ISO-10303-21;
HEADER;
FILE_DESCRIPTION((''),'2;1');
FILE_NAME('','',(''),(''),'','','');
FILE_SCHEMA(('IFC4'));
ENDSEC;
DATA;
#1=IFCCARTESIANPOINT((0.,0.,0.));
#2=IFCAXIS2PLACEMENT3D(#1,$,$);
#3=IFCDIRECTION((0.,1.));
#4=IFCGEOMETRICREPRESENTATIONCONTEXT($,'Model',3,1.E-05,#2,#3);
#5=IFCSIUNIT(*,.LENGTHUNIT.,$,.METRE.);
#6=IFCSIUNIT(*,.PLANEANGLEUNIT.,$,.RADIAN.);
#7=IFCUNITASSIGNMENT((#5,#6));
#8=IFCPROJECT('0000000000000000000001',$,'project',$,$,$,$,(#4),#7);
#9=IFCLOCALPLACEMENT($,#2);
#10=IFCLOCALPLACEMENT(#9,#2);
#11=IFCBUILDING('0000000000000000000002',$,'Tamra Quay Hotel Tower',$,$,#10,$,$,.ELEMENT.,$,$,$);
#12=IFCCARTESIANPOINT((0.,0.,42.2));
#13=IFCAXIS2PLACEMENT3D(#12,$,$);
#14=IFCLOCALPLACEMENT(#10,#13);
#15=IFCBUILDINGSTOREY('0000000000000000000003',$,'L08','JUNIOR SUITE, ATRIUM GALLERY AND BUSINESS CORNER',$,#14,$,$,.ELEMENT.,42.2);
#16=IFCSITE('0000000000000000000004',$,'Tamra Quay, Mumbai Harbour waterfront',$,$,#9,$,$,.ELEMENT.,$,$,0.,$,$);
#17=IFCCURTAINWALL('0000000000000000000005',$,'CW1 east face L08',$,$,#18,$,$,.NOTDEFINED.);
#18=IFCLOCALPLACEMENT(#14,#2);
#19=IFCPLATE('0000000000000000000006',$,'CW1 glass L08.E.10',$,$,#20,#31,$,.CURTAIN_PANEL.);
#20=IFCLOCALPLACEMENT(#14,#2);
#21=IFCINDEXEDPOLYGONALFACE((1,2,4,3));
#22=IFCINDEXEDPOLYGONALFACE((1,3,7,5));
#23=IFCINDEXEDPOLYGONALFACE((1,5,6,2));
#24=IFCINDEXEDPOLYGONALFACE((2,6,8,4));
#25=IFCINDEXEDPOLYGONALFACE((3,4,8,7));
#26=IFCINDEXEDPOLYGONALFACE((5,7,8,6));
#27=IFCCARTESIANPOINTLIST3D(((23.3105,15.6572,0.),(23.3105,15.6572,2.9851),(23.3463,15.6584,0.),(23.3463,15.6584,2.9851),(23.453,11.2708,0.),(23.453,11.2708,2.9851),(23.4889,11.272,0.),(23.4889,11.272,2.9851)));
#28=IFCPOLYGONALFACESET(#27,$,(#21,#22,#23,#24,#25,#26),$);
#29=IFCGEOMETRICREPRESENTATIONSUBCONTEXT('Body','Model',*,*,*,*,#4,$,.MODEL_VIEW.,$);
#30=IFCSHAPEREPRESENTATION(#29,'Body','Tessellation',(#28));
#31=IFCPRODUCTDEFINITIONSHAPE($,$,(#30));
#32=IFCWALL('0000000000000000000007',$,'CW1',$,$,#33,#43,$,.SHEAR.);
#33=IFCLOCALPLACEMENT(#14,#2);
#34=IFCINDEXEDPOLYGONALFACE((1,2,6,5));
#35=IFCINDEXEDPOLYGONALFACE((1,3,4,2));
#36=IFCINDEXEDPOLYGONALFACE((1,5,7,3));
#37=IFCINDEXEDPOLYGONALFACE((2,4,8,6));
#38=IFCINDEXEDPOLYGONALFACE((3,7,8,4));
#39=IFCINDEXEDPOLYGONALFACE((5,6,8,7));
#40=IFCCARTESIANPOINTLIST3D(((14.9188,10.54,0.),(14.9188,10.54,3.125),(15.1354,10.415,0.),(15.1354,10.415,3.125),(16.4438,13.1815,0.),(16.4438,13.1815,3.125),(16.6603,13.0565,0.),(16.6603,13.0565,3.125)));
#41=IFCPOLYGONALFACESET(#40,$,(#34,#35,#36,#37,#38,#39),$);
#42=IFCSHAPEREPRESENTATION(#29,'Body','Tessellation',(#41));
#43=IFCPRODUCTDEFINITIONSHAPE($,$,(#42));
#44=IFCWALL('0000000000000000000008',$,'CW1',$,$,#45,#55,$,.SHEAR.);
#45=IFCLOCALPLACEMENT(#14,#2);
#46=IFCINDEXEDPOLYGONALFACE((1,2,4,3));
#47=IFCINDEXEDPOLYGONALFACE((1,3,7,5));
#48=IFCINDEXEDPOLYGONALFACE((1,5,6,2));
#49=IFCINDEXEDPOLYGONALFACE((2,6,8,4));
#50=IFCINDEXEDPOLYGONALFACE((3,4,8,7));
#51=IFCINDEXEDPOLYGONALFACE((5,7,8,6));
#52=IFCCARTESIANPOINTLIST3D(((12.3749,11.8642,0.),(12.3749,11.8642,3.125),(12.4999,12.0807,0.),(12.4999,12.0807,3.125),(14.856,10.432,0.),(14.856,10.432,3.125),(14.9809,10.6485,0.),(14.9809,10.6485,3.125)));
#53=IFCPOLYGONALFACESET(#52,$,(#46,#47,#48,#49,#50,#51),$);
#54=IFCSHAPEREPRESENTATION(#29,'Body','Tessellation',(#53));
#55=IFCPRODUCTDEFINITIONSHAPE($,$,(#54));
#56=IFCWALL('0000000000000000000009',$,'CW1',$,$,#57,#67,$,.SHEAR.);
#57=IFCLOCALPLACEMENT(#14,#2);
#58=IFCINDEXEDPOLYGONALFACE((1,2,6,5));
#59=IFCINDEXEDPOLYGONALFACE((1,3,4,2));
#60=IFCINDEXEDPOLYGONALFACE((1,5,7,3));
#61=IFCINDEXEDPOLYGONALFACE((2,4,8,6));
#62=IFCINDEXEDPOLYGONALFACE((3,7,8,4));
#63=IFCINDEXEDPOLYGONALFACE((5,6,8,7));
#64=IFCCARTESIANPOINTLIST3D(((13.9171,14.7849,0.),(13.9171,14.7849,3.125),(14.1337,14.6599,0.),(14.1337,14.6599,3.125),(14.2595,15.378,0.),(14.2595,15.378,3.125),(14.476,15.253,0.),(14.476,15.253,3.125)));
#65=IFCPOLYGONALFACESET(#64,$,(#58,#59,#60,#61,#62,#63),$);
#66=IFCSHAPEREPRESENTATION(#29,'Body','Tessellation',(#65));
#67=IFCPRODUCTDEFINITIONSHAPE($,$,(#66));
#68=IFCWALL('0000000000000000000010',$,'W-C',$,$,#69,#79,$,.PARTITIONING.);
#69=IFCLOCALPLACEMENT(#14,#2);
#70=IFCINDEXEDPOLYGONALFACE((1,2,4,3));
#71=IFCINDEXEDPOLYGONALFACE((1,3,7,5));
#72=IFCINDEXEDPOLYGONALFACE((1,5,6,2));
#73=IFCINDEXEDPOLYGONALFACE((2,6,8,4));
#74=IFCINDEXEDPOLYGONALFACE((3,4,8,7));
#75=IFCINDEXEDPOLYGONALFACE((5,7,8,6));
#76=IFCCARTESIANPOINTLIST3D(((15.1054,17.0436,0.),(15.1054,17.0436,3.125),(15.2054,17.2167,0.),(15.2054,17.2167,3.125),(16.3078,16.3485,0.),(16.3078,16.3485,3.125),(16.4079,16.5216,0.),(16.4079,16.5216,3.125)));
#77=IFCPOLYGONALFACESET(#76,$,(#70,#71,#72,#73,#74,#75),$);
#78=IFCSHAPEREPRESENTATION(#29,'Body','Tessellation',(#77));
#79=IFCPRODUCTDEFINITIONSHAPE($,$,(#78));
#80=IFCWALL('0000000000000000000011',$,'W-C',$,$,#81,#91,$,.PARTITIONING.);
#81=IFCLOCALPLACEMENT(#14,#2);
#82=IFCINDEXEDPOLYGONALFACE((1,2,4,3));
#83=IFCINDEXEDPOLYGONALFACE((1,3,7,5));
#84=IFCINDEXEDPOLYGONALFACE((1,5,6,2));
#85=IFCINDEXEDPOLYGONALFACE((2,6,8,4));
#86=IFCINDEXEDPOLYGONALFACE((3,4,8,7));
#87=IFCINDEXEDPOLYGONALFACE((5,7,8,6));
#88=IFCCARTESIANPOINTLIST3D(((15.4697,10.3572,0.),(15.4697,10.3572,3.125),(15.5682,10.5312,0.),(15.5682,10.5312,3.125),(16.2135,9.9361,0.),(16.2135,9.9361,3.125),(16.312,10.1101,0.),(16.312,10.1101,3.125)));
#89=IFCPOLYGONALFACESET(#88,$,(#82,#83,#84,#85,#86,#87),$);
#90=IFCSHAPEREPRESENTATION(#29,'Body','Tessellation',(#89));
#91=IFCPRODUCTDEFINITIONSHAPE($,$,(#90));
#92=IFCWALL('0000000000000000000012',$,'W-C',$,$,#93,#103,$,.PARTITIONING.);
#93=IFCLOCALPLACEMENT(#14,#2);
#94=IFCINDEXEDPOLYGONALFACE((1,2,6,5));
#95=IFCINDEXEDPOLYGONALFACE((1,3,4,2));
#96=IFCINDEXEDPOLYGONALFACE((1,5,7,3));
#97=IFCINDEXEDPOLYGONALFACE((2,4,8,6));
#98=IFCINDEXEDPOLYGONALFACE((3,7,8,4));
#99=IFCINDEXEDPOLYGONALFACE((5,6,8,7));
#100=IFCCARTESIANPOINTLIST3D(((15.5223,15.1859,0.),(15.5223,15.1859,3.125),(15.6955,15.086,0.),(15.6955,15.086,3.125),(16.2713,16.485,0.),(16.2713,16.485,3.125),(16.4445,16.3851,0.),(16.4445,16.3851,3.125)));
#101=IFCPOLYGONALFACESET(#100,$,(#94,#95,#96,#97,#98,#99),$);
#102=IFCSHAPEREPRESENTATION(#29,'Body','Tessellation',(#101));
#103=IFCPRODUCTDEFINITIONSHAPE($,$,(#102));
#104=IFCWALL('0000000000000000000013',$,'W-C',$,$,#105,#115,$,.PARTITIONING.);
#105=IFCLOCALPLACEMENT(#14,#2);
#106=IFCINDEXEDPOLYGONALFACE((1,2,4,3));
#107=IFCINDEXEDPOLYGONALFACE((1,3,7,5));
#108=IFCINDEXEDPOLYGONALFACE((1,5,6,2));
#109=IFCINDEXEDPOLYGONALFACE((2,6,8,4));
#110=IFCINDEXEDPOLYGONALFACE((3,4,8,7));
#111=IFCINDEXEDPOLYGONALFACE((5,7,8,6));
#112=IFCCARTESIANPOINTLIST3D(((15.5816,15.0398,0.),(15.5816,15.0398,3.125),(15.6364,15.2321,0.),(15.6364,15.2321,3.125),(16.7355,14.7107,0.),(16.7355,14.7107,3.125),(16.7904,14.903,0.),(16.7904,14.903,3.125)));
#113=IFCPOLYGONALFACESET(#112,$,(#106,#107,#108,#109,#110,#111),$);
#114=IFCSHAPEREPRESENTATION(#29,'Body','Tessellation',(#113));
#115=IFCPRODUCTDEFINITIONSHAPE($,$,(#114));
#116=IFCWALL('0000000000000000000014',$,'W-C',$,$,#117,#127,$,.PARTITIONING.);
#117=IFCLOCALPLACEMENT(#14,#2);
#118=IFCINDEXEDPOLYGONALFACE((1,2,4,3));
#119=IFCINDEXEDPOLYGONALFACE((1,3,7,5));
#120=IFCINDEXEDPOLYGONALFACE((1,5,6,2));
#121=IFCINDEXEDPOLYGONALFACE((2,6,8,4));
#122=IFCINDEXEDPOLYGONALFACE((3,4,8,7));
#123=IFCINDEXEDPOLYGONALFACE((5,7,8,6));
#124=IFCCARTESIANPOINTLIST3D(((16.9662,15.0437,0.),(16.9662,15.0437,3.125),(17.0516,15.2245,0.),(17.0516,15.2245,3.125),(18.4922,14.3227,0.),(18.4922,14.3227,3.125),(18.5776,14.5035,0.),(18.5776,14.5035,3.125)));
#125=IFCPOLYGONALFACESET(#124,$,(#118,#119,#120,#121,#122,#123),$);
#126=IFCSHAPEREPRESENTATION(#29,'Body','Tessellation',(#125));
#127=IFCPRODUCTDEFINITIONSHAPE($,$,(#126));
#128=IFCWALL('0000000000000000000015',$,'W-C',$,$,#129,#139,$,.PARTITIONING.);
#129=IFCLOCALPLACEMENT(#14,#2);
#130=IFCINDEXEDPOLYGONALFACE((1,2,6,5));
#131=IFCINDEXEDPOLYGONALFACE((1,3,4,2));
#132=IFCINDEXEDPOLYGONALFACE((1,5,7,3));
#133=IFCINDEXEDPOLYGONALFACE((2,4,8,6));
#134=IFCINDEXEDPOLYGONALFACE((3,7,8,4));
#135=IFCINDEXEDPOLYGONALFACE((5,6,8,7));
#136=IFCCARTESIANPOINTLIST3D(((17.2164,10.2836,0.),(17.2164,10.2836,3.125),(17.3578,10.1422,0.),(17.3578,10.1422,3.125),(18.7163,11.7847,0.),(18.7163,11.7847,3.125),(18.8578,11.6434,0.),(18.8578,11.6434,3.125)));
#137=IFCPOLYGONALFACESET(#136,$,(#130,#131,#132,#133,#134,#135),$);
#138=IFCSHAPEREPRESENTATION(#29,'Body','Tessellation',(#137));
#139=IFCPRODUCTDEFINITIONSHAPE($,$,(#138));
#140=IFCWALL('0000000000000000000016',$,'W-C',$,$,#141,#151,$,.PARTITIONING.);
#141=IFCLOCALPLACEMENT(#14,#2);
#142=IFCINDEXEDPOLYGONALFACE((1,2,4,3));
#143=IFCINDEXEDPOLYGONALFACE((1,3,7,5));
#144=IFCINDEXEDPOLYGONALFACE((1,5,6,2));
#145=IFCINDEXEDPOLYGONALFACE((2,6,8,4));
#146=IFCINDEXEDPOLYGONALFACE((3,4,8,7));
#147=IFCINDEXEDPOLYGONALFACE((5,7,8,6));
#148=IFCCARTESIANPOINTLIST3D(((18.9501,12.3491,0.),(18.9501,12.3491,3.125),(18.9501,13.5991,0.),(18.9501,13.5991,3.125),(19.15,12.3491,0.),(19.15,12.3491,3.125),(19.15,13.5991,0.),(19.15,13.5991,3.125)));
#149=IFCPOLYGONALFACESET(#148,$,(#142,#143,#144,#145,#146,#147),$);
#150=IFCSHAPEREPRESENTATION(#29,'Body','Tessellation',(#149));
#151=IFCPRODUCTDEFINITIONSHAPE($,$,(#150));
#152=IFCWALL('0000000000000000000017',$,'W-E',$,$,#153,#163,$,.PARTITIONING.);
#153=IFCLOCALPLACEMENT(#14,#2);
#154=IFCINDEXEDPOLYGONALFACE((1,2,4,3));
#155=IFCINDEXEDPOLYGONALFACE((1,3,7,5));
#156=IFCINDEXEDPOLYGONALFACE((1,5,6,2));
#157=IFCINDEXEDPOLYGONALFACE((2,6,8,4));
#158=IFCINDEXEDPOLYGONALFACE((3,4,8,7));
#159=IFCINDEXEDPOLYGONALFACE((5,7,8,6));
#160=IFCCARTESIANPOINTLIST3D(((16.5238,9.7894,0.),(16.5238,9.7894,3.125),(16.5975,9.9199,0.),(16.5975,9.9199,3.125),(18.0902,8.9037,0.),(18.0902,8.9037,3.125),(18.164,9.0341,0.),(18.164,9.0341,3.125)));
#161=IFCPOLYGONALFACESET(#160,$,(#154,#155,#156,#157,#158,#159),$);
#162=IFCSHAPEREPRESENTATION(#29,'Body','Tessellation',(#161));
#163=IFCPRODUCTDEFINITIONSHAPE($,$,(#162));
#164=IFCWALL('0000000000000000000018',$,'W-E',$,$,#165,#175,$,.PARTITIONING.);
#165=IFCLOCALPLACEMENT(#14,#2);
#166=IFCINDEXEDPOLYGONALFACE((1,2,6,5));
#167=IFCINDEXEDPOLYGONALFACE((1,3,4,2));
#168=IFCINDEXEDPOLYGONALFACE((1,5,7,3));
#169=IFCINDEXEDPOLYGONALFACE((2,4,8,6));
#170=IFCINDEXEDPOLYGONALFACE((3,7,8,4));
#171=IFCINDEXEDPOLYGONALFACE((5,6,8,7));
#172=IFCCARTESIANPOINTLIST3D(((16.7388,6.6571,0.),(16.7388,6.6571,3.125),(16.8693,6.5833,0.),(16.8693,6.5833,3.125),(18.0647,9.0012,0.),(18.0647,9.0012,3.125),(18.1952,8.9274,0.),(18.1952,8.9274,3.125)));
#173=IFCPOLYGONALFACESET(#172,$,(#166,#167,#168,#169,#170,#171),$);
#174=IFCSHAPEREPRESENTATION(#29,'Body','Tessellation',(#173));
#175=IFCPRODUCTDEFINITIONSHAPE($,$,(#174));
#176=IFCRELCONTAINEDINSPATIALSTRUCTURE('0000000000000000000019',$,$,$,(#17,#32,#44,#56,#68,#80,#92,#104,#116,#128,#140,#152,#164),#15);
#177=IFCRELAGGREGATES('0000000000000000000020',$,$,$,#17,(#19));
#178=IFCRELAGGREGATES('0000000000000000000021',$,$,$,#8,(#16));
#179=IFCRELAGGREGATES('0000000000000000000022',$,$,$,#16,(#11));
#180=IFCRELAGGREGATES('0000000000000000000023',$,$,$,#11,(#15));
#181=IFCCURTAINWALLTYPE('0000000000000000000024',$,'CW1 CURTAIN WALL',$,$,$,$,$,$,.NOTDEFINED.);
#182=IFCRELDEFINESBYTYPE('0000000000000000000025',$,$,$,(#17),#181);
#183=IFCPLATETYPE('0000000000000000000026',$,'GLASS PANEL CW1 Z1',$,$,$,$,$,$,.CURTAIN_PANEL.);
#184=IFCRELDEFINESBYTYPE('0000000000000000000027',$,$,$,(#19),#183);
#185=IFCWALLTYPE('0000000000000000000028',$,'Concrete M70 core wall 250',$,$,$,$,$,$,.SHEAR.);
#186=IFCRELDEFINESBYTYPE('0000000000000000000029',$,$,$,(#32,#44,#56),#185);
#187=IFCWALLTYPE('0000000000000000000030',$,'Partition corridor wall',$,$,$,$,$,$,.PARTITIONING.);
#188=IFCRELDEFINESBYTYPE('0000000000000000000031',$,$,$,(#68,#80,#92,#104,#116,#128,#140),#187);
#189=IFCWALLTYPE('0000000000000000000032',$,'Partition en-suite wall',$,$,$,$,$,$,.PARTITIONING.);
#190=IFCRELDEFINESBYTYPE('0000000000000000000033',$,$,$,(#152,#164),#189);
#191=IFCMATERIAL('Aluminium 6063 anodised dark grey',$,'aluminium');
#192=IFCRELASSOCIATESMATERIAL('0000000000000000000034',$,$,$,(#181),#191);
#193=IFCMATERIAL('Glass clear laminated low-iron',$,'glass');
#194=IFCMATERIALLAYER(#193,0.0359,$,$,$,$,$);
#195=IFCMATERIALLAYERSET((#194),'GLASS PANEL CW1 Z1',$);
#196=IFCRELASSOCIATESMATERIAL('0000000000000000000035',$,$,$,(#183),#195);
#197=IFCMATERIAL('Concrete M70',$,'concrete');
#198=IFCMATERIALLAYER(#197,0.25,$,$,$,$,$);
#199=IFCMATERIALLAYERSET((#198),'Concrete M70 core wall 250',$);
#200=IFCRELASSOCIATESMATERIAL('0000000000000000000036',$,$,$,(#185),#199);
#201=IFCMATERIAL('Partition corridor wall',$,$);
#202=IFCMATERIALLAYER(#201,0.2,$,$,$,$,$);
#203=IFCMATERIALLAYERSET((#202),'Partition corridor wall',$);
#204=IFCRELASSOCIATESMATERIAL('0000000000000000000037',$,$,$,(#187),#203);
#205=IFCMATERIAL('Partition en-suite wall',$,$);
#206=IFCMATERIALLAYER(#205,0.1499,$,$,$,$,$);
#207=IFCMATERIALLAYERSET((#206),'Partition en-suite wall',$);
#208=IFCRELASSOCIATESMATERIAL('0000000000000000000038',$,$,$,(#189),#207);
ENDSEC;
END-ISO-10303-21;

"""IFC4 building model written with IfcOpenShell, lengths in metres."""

from ifc_helpers import new_model, si_unit, direction, frame, frame_2d, origin, origin_2d, place, context, subcontext, project, spatial, rectangle, extrude, material, layer, layer_set, type_object, element, aggregate, save


model = new_model("IFC4")

# Units and contexts
model_context = context("Model", 3, precision=1e-05, world=origin(), true_north=direction((0.0, 1.0)))
body_context = subcontext(model_context, "Body", "Model", "MODEL_VIEW")
ifc_project = project(units=[si_unit("LENGTHUNIT", "METRE"), si_unit("PLANEANGLEUNIT", "RADIAN")], contexts=[model_context])

# Site, building, storey
site_placement = place(None, origin())
site = spatial("IfcSite", under=ifc_project, at=site_placement, Name="Tamra Quay, Mumbai Harbour waterfront", CompositionType="ELEMENT", RefElevation=0.0)
building_placement = place(site_placement, origin())
building = spatial("IfcBuilding", under=site, at=building_placement, Name="Tamra Quay Hotel Tower", CompositionType="ELEMENT")
storey_placement = place(building_placement, frame((0.0, 0.0, 42.2)))
storey = spatial("IfcBuildingStorey", under=building, at=storey_placement, Name="L08", Description="JUNIOR SUITE, ATRIUM GALLERY AND BUSINESS CORNER", CompositionType="ELEMENT", Elevation=42.2)

# Shared definitions
ifc_material_1 = material(Name="Concrete M70", Category="concrete")

# Curtain wall
ifc_material_2 = material(Name="Aluminium 6063 anodised dark grey", Category="aluminium")
curtain_wall_type = type_object("IfcCurtainWallType", Name="CW1 CURTAIN WALL", PredefinedType="NOTDEFINED", material=ifc_material_2)
curtain_wall_placement = place(storey_placement, origin())
curtain_wall = element("IfcCurtainWall", 1, at=curtain_wall_placement, inside=storey, type_object=curtain_wall_type, Name="CW1 east face L08", PredefinedType="NOTDEFINED")

# Plate
ifc_material_3 = material(Name="Glass clear laminated low-iron", Category="glass")
ifc_layer_1 = layer(ifc_material_3, 0.0359)
ifc_layer_set_1 = layer_set([ifc_layer_1], Name="GLASS PANEL CW1 Z1")
plate_type = type_object("IfcPlateType", Name="GLASS PANEL CW1 Z1", PredefinedType="CURTAIN_PANEL", material=ifc_layer_set_1)
plate_1_placement = place(storey_placement, frame((23.3997, 13.4646, 0.0), z_axis=(0.0, 0.0, 1.0), x_axis=(-0.032475, 0.999473, 0.0)))
plate_1 = element("IfcPlate", 2, at=plate_1_placement, type_object=plate_type, Name="CW1 glass L08.E.10", PredefinedType="CURTAIN_PANEL", context=body_context, shape_type="SweptSolid", body=[
    extrude(rectangle(XDim=4.3887, YDim=0.0359, at=origin_2d()), origin(), (0.0, 0.0, 1.0), 2.9851),
])
aggregate(curtain_wall, [plate_1])

# Walls
ifc_layer_2 = layer(ifc_material_1, 0.25)
ifc_layer_set_2 = layer_set([ifc_layer_2], Name="Concrete M70 core wall 250")
wall_type_1 = type_object("IfcWallType", Name="Concrete M70 core wall 250", PredefinedType="SHEAR", material=ifc_layer_set_2)
wall_1_placement = place(storey_placement, frame((16.552, 13.1189, 0.0), z_axis=(0.0, 0.0, 1.0), x_axis=(-0.499979, -0.866038, 0.0)))
element("IfcWall", 3, at=wall_1_placement, inside=storey, type_object=wall_type_1, Name="CW1", PredefinedType="SHEAR", context=body_context, shape_type="SweptSolid", body=[
    extrude(rectangle(XDim=3.05, YDim=0.25, at=frame_2d((1.5249, 0.0))), origin(), (0.0, 0.0, 1.0), 3.125),
])
wall_2_placement = place(storey_placement, frame((14.9185, 10.5403, 0.0), z_axis=(0.0, 0.0, 1.0), x_axis=(-0.866064, 0.499934, 0.0)))
element("IfcWall", 4, at=wall_2_placement, inside=storey, type_object=wall_type_1, Name="CW1", PredefinedType="SHEAR", context=body_context, shape_type="SweptSolid", body=[
    extrude(rectangle(XDim=2.8647, YDim=0.25, at=frame_2d((1.4324, 0.0))), origin(), (0.0, 0.0, 1.0), 3.125),
])
wall_3_placement = place(storey_placement, frame((14.3677, 15.3154, 0.0), z_axis=(0.0, 0.0, 1.0), x_axis=(-0.499897, -0.866085, 0.0)))
element("IfcWall", 5, at=wall_3_placement, inside=storey, type_object=wall_type_1, Name="CW1", PredefinedType="SHEAR", context=body_context, shape_type="SweptSolid", body=[
    extrude(rectangle(XDim=0.6848, YDim=0.25, at=frame_2d((0.3423, 0.0))), origin(), (0.0, 0.0, 1.0), 3.125),
])
ifc_material_4 = material(Name="Partition corridor wall")
ifc_layer_3 = layer(ifc_material_4, 0.2)
ifc_layer_set_3 = layer_set([ifc_layer_3], Name="Partition corridor wall")
wall_type_2 = type_object("IfcWallType", Name="Partition corridor wall", PredefinedType="PARTITIONING", material=ifc_layer_set_3)
wall_4_placement = place(storey_placement, frame((15.1555, 17.1301, 0.0), z_axis=(0.0, 0.0, 1.0), x_axis=(0.865755, -0.500468, 0.0)))
element("IfcWall", 6, at=wall_4_placement, inside=storey, type_object=wall_type_2, Name="W-C", PredefinedType="PARTITIONING", context=body_context, shape_type="SweptSolid", body=[
    extrude(rectangle(XDim=1.3889, YDim=0.2, at=frame_2d((0.6943, 0.0))), origin(), (0.0, 0.0, 1.0), 3.125),
])
wall_5_placement = place(storey_placement, frame((15.519, 10.4441, 0.0), z_axis=(0.0, 0.0, 1.0), x_axis=(0.870222, -0.492659, 0.0)))
element("IfcWall", 7, at=wall_5_placement, inside=storey, type_object=wall_type_2, Name="W-C", PredefinedType="PARTITIONING", context=body_context, shape_type="SweptSolid", body=[
    extrude(rectangle(XDim=0.8547, YDim=0.2, at=frame_2d((0.4272, 0.0))), origin(), (0.0, 0.0, 1.0), 3.125),
])
wall_6_placement = place(storey_placement, frame((15.6089, 15.136, 0.0), z_axis=(0.0, 0.0, 1.0), x_axis=(0.499502, 0.866313, 0.0)))
element("IfcWall", 8, at=wall_6_placement, inside=storey, type_object=wall_type_2, Name="W-C", PredefinedType="PARTITIONING", context=body_context, shape_type="SweptSolid", body=[
    extrude(rectangle(XDim=1.4995, YDim=0.2, at=frame_2d((0.7498, 0.0))), origin(), (0.0, 0.0, 1.0), 3.125),
])
wall_7_placement = place(storey_placement, frame((15.6089, 15.136, 0.0), z_axis=(0.0, 0.0, 1.0), x_axis=(0.961662, -0.274237, 0.0)))
element("IfcWall", 9, at=wall_7_placement, inside=storey, type_object=wall_type_2, Name="W-C", PredefinedType="PARTITIONING", context=body_context, shape_type="SweptSolid", body=[
    extrude(rectangle(XDim=1.2, YDim=0.2, at=frame_2d((0.6001, 0.0))), origin(), (0.0, 0.0, 1.0), 3.125),
])
wall_8_placement = place(storey_placement, frame((17.009, 15.134, 0.0), z_axis=(0.0, 0.0, 1.0), x_axis=(0.904159, -0.427197, 0.0)))
element("IfcWall", 10, at=wall_8_placement, inside=storey, type_object=wall_type_2, Name="W-C", PredefinedType="PARTITIONING", context=body_context, shape_type="SweptSolid", body=[
    extrude(rectangle(XDim=1.6877, YDim=0.2, at=frame_2d((0.8438, 0.0))), origin(), (0.0, 0.0, 1.0), 3.125),
])
wall_9_placement = place(storey_placement, frame((17.2871, 10.2129, 0.0), z_axis=(0.0, 0.0, 1.0), x_axis=(0.706819, 0.707394, 0.0)))
element("IfcWall", 11, at=wall_9_placement, inside=storey, type_object=wall_type_2, Name="W-C", PredefinedType="PARTITIONING", context=body_context, shape_type="SweptSolid", body=[
    extrude(rectangle(XDim=2.1221, YDim=0.2, at=frame_2d((1.061, 0.0))), origin(), (0.0, 0.0, 1.0), 3.125),
])
wall_10_placement = place(storey_placement, frame((19.05, 12.3491, 0.0), z_axis=(0.0, 0.0, 1.0), x_axis=(0.0, 1.0, 0.0)))
element("IfcWall", 12, at=wall_10_placement, inside=storey, type_object=wall_type_2, Name="W-C", PredefinedType="PARTITIONING", context=body_context, shape_type="SweptSolid", body=[
    extrude(rectangle(XDim=1.25, YDim=0.2, at=frame_2d((0.625, 0.0))), origin(), (0.0, 0.0, 1.0), 3.125),
])
ifc_material_5 = material(Name="Partition en-suite wall")
ifc_layer_4 = layer(ifc_material_5, 0.1499)
ifc_layer_set_4 = layer_set([ifc_layer_4], Name="Partition en-suite wall")
wall_type_3 = type_object("IfcWallType", Name="Partition en-suite wall", PredefinedType="PARTITIONING", material=ifc_layer_set_4)
wall_11_placement = place(storey_placement, frame((16.5605, 9.8547, 0.0), z_axis=(0.0, 0.0, 1.0), x_axis=(0.870472, -0.492218, 0.0)))
element("IfcWall", 13, at=wall_11_placement, inside=storey, type_object=wall_type_3, Name="W-E", PredefinedType="PARTITIONING", context=body_context, shape_type="SweptSolid", body=[
    extrude(rectangle(XDim=1.7996, YDim=0.1499, at=frame_2d((0.8999, 0.0))), origin(), (0.0, 0.0, 1.0), 3.125),
])
wall_12_placement = place(storey_placement, frame((16.804, 6.6201, 0.0), z_axis=(0.0, 0.0, 1.0), x_axis=(0.492356, 0.870394, 0.0)))
element("IfcWall", 14, at=wall_12_placement, inside=storey, type_object=wall_type_3, Name="W-E", PredefinedType="PARTITIONING", context=body_context, shape_type="SweptSolid", body=[
    extrude(rectangle(XDim=2.6931, YDim=0.1499, at=frame_2d((1.3467, 0.0))), origin(), (0.0, 0.0, 1.0), 3.125),
])

save(model, "model.ifc")
